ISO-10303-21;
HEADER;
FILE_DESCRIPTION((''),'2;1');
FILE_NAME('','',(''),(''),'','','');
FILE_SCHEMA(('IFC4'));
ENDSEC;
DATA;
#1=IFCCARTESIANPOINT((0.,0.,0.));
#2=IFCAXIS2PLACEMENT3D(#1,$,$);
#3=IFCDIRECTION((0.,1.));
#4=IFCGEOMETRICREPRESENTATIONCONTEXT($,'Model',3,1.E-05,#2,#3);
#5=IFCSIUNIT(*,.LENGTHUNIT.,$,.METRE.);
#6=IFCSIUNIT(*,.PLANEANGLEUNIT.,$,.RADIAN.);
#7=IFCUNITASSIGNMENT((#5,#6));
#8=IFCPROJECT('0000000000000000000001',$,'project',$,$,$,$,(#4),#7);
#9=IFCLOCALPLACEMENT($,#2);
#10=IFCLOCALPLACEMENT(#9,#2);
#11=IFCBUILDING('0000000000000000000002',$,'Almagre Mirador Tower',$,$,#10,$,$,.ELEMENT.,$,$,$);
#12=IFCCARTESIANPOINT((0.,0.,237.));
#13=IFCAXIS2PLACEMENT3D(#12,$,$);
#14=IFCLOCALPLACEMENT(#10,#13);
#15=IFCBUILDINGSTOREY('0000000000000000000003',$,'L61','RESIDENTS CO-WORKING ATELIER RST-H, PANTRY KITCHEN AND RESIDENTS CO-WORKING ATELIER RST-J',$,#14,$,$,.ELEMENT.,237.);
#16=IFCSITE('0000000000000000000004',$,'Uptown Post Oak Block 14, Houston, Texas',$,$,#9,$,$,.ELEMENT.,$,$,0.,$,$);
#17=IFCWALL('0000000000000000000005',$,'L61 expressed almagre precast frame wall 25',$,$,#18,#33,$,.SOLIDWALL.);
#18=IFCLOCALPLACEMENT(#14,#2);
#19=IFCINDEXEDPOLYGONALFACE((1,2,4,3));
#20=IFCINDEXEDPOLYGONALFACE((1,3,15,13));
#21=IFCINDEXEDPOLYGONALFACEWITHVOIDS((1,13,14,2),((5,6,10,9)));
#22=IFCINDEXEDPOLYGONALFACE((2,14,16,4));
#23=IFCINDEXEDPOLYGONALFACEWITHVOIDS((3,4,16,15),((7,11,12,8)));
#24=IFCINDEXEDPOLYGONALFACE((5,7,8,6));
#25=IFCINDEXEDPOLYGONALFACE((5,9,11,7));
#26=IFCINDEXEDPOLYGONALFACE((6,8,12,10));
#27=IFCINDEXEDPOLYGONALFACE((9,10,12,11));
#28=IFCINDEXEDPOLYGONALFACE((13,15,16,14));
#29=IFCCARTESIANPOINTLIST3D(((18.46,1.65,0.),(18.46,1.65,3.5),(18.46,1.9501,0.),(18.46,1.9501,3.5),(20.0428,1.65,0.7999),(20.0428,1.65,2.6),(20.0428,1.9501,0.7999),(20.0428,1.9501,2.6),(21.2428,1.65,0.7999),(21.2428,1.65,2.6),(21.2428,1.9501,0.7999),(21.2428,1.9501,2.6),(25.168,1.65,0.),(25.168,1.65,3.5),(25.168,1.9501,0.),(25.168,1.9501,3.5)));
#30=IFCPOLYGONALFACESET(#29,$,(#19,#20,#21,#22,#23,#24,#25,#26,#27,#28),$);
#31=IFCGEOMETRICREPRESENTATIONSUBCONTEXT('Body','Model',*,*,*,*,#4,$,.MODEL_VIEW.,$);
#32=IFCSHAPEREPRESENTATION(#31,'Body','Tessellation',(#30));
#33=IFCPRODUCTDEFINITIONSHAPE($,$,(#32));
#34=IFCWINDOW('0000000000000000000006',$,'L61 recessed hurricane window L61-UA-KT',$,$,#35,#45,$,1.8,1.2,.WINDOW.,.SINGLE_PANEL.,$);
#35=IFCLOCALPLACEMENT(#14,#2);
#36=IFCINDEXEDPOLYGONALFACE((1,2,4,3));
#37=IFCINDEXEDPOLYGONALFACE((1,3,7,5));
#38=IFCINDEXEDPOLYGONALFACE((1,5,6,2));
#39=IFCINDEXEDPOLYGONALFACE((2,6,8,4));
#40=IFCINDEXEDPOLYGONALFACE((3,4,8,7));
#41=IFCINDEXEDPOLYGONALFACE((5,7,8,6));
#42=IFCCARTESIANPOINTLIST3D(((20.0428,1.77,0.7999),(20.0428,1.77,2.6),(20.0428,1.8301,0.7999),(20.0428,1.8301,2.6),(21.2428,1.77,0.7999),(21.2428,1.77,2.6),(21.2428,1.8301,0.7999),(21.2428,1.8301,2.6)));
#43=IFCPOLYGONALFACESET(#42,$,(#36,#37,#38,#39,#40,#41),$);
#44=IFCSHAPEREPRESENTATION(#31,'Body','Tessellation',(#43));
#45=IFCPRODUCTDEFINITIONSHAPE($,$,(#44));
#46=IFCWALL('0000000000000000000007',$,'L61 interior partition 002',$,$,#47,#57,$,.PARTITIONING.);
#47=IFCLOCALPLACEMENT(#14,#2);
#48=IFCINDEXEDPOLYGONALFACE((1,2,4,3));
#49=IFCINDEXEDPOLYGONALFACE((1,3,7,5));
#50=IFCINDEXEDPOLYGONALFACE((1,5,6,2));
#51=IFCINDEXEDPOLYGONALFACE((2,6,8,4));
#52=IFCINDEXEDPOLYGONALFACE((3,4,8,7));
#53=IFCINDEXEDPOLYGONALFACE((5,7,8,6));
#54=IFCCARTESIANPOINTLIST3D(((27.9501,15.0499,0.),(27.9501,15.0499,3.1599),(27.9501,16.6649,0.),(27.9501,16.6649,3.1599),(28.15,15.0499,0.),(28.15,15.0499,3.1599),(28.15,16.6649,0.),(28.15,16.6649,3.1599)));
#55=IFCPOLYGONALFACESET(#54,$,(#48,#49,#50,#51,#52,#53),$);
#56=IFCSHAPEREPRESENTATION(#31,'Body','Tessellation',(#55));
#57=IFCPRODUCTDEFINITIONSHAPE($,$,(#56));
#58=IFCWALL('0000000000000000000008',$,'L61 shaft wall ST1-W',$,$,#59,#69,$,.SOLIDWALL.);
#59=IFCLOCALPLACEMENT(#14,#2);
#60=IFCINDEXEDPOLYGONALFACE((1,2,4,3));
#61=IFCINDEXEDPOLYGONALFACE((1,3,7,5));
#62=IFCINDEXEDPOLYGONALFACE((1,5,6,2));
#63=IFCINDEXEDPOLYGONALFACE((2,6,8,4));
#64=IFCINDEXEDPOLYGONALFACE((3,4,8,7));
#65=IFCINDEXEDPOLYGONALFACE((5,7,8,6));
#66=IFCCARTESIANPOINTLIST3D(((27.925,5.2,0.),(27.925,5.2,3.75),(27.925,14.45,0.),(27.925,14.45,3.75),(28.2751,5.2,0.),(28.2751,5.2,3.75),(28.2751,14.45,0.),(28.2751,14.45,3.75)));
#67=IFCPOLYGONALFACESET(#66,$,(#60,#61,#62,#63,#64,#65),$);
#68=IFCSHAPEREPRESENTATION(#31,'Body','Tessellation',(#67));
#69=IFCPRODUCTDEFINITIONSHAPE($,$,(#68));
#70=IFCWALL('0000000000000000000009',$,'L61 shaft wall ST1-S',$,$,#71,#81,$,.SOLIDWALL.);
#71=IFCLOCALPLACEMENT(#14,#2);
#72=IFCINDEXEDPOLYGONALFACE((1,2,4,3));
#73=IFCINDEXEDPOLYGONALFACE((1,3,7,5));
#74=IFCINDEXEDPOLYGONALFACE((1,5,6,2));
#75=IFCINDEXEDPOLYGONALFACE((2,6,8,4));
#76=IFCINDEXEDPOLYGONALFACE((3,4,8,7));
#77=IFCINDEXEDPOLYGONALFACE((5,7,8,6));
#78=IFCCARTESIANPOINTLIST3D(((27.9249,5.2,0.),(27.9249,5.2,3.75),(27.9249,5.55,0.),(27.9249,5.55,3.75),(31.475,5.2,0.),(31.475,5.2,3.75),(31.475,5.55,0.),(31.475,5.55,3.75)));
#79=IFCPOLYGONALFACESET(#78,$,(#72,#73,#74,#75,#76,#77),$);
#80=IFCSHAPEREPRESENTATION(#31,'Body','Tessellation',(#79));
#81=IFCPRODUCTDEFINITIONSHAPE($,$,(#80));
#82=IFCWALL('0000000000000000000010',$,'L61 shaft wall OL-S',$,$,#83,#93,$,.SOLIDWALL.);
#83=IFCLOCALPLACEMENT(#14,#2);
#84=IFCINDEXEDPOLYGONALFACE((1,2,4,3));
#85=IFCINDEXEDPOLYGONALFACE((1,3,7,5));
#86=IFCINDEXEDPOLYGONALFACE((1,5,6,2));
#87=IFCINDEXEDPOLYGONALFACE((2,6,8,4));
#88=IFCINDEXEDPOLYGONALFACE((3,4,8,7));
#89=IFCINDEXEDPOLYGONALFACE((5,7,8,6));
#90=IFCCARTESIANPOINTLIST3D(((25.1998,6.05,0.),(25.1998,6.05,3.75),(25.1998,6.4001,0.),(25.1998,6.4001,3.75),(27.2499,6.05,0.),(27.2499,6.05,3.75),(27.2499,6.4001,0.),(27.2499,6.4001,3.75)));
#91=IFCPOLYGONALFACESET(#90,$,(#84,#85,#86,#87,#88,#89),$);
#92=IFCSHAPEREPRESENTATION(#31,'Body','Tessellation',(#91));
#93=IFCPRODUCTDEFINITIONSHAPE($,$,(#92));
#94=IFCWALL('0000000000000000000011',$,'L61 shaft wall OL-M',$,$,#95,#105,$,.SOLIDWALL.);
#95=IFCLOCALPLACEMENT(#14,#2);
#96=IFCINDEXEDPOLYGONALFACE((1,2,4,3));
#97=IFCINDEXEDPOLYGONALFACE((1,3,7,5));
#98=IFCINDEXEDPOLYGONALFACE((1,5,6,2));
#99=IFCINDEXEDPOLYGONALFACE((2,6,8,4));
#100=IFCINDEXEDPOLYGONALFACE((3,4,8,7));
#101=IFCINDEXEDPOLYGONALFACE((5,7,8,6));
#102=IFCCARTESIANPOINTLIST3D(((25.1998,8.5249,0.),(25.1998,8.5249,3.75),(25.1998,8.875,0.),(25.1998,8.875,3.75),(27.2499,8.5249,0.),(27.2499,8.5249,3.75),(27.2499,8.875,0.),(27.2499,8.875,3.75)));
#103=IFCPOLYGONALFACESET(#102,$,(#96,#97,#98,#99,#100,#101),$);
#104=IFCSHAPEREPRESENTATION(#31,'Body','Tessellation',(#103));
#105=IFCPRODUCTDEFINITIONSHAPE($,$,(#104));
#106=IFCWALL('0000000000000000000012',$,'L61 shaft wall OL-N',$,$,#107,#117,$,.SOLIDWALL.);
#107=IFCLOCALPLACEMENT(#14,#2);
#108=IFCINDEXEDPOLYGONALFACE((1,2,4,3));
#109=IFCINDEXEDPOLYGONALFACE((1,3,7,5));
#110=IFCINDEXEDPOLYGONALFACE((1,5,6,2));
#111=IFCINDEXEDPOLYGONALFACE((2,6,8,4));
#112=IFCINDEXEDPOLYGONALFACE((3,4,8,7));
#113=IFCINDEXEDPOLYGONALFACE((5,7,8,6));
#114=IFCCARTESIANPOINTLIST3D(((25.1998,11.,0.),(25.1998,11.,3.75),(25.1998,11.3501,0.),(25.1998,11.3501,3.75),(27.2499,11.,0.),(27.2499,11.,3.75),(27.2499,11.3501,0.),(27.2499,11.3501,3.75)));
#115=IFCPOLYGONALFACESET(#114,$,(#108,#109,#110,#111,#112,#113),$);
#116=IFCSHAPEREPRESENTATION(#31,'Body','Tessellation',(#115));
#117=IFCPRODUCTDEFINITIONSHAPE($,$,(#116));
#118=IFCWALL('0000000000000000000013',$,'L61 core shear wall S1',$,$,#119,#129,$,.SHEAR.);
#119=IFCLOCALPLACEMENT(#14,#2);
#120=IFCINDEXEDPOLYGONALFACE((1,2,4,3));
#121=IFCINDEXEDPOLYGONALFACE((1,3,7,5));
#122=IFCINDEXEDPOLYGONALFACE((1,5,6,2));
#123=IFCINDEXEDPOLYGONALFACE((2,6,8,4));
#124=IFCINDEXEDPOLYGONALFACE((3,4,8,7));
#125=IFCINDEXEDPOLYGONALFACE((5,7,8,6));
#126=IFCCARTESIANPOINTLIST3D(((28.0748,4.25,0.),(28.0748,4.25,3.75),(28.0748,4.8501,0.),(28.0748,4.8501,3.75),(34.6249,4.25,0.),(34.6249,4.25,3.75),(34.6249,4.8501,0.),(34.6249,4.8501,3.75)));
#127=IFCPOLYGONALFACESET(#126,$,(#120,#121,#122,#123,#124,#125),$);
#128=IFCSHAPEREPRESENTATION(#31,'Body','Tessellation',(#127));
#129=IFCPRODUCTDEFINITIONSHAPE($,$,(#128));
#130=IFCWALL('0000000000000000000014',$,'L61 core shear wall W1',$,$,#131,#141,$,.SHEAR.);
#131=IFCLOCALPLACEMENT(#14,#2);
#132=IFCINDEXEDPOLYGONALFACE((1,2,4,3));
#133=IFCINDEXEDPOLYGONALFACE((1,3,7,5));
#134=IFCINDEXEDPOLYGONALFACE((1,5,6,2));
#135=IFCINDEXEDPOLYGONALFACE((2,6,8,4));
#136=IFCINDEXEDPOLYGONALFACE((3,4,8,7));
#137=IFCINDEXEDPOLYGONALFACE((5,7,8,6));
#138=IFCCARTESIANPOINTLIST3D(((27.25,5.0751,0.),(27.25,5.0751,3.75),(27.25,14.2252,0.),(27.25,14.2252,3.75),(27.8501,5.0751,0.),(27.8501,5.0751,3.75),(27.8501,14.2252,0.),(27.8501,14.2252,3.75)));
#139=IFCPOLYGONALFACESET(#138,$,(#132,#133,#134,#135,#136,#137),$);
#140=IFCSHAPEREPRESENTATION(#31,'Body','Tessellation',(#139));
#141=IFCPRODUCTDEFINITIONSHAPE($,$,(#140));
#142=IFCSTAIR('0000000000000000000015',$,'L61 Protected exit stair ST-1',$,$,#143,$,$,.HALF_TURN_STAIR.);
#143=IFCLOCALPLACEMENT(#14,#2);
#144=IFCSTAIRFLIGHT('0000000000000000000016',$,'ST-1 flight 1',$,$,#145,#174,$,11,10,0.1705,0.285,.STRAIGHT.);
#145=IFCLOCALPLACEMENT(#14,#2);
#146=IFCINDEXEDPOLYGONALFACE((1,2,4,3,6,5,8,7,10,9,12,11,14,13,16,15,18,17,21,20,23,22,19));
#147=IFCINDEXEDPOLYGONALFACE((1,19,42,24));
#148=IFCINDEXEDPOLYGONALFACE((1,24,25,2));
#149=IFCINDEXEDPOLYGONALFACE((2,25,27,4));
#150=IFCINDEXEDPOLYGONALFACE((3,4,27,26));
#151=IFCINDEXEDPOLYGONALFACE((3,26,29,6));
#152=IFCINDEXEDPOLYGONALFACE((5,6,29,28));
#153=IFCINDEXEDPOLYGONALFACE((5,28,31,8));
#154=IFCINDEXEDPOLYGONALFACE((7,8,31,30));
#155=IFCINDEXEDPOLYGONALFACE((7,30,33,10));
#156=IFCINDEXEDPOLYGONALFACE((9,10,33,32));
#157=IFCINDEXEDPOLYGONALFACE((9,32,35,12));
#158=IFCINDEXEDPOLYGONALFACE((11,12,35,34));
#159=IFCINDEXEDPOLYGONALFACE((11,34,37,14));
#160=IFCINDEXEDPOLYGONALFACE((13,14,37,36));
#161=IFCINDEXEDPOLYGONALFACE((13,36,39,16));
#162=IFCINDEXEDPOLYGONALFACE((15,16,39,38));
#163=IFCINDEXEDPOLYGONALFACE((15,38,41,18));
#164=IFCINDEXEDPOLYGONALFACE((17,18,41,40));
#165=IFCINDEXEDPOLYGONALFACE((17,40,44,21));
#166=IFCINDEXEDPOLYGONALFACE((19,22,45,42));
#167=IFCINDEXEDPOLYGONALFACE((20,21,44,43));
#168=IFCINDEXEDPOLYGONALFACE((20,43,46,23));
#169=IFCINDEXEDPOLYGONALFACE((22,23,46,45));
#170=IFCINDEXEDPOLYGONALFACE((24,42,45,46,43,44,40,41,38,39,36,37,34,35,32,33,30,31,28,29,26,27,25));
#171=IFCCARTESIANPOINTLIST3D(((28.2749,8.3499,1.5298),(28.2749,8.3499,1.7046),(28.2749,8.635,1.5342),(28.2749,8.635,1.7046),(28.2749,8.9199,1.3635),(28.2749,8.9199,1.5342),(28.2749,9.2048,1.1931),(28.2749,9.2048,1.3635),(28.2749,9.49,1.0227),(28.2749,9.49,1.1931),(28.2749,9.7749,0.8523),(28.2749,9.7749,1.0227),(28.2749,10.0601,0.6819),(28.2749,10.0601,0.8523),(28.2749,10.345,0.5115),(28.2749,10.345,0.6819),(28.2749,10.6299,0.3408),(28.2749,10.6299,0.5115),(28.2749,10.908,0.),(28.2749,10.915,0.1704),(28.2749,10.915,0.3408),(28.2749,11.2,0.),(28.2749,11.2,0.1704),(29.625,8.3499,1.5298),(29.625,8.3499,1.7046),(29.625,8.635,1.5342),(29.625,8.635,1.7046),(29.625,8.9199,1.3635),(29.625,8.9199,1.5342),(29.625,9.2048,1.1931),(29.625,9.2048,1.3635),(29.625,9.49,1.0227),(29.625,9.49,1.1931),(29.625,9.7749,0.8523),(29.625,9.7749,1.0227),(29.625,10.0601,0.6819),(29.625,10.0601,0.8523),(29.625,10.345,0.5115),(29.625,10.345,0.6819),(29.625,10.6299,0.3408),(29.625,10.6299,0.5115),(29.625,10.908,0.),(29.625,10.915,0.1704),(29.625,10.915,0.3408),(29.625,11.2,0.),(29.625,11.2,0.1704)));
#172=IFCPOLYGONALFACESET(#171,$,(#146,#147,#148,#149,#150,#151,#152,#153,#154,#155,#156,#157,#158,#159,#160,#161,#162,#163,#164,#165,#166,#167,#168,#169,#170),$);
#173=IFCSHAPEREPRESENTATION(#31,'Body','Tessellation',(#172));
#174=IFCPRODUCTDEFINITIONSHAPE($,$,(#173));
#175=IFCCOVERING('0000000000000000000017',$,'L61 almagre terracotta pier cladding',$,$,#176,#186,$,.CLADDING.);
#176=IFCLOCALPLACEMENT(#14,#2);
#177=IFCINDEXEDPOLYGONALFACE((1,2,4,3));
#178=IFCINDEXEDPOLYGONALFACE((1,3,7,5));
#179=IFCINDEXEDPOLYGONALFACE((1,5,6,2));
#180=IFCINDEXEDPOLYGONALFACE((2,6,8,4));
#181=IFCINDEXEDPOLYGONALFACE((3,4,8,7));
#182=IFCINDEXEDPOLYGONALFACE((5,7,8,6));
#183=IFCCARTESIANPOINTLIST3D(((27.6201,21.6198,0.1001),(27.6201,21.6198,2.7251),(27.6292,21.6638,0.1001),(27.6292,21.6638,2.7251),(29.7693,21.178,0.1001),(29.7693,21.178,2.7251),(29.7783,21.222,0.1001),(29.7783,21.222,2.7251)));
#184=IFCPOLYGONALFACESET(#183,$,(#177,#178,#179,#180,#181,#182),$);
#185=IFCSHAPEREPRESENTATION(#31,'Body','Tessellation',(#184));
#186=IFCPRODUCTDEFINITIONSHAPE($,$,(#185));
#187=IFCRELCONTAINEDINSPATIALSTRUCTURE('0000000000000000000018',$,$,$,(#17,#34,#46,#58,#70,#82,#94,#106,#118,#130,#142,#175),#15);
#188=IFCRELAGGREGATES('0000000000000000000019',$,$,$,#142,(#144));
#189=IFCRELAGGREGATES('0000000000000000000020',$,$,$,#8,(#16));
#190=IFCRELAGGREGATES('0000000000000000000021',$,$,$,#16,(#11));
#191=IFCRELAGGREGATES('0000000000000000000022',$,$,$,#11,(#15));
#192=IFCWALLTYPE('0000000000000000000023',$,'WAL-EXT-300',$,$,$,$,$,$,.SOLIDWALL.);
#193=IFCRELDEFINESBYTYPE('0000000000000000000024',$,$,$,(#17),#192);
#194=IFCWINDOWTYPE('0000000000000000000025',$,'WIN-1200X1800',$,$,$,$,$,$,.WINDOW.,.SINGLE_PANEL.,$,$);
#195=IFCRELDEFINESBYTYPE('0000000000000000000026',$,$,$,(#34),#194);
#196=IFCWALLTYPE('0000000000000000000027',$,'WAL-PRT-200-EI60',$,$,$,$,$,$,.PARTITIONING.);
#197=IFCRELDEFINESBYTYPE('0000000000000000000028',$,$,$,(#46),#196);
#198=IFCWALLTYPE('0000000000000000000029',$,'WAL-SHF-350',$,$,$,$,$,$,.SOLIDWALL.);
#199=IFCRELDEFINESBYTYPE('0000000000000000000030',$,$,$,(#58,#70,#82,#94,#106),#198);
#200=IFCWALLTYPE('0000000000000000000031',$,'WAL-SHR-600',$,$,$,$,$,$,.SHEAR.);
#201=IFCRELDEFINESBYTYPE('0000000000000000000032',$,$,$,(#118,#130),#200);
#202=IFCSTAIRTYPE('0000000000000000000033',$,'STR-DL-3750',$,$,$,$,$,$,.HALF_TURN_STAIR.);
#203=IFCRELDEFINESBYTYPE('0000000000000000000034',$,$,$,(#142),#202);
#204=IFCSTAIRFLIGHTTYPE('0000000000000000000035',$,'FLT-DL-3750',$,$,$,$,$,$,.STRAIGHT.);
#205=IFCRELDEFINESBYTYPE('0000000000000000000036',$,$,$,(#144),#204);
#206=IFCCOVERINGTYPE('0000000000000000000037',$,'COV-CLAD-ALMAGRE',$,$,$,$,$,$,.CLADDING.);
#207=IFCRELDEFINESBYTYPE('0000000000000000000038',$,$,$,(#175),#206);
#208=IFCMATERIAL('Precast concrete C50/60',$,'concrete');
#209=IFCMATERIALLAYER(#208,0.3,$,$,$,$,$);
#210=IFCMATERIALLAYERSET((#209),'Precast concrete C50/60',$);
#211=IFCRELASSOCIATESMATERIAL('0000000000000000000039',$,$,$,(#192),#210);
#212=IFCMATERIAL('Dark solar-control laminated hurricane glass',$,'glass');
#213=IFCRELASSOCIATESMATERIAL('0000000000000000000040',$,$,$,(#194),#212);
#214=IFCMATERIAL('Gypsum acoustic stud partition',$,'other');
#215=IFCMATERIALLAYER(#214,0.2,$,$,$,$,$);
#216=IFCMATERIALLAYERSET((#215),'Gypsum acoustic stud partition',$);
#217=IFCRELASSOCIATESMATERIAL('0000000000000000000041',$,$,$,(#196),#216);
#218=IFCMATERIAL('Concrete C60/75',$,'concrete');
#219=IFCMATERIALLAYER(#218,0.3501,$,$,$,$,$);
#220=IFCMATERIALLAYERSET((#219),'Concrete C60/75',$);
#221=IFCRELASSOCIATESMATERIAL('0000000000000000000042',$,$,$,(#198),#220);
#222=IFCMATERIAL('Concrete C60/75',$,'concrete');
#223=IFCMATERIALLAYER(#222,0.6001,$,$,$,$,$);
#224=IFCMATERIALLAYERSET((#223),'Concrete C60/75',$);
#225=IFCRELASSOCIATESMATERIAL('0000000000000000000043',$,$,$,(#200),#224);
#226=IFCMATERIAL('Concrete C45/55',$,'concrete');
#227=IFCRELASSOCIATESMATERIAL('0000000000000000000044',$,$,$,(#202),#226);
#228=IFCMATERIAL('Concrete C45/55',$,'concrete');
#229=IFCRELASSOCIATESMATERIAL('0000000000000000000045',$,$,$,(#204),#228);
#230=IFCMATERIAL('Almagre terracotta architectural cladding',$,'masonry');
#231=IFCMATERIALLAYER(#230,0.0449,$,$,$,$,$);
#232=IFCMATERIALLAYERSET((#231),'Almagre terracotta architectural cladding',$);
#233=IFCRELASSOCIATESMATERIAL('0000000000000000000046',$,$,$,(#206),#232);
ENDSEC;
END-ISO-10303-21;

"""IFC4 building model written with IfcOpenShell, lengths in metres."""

from ifc_helpers import new_model, si_unit, direction, frame, frame_2d, origin, origin_2d, place, context, subcontext, project, spatial, polyline, rectangle, outline, extrude, material, layer, layer_set, type_object, element, fill, aggregate, save


model = new_model("IFC4")

# Units and contexts
model_context = context("Model", 3, precision=1e-05, world=origin(), true_north=direction((0.0, 1.0)))
body_context = subcontext(model_context, "Body", "Model", "MODEL_VIEW")
ifc_project = project(units=[si_unit("LENGTHUNIT", "METRE"), si_unit("PLANEANGLEUNIT", "RADIAN")], contexts=[model_context])

# Site, building, storey
site_placement = place(None, origin())
site = spatial("IfcSite", under=ifc_project, at=site_placement, Name="Uptown Post Oak Block 14, Houston, Texas", CompositionType="ELEMENT", RefElevation=0.0)
building_placement = place(site_placement, origin())
building = spatial("IfcBuilding", under=site, at=building_placement, Name="Almagre Mirador Tower", CompositionType="ELEMENT")
storey_placement = place(building_placement, frame((0.0, 0.0, 237.0)))
storey = spatial("IfcBuildingStorey", under=building, at=storey_placement, Name="L61", Description="RESIDENTS CO-WORKING ATELIER RST-H, PANTRY KITCHEN AND RESIDENTS CO-WORKING ATELIER RST-J", CompositionType="ELEMENT", Elevation=237.0)

# Wall, opening, window
ifc_material_1 = material(Name="Precast concrete C50/60", Category="concrete")
ifc_layer_1 = layer(ifc_material_1, 0.3)
ifc_layer_set_1 = layer_set([ifc_layer_1], Name="Precast concrete C50/60")
wall_type_1 = type_object("IfcWallType", Name="WAL-EXT-300", PredefinedType="SOLIDWALL", material=ifc_layer_set_1)
ifc_material_2 = material(Name="Dark solar-control laminated hurricane glass", Category="glass")
window_type = type_object("IfcWindowType", Name="WIN-1200X1800", PartitioningType="SINGLE_PANEL", PredefinedType="WINDOW", material=ifc_material_2)
wall_1_placement = place(storey_placement, frame((25.168, 1.8, 0.0), z_axis=(0.0, 0.0, 1.0), x_axis=(-1.0, 0.0, 0.0)))
wall_1 = element("IfcWall", 1, at=wall_1_placement, inside=storey, type_object=wall_type_1, Name="L61 expressed almagre precast frame wall 25", PredefinedType="SOLIDWALL", context=body_context, shape_type="SweptSolid", body=[
    extrude(rectangle(XDim=6.708, YDim=0.3, at=frame_2d((3.354, 0.0))), origin(), (0.0, 0.0, 1.0), 3.5),
])
opening_1_placement = place(wall_1_placement, frame((3.925, 0.0, 0.8)))
opening_1 = element("IfcOpeningElement", 2, at=opening_1_placement, cuts=wall_1, PredefinedType="OPENING", context=body_context, shape_type="SweptSolid", body=[
    extrude(rectangle(XDim=1.2, YDim=1.8, at=frame_2d((0.6001, 0.8999))), frame((0.0, 0.1599, 0.0), z_axis=(0.0, -1.0, 0.0), x_axis=(1.0, 0.0, 0.0)), (0.0, 0.0, 1.0), 0.32),
])
window_1_placement = place(opening_1_placement, origin())
window_1 = element("IfcWindow", 3, at=window_1_placement, inside=storey, type_object=window_type, Name="L61 recessed hurricane window L61-UA-KT", OverallHeight=1.8, OverallWidth=1.2, PartitioningType="SINGLE_PANEL", PredefinedType="WINDOW", context=body_context, shape_type="SweptSolid", body=[
    extrude(rectangle(XDim=1.2, YDim=1.8, at=frame_2d((0.6001, 0.8999))), frame((0.0, 0.03, 0.0), z_axis=(0.0, -1.0, 0.0), x_axis=(1.0, 0.0, 0.0)), (0.0, 0.0, 1.0), 0.0601),
])
fill(opening_1, window_1)

# Walls
ifc_material_3 = material(Name="Gypsum acoustic stud partition", Category="other")
ifc_layer_2 = layer(ifc_material_3, 0.2)
ifc_layer_set_2 = layer_set([ifc_layer_2], Name="Gypsum acoustic stud partition")
wall_type_2 = type_object("IfcWallType", Name="WAL-PRT-200-EI60", PredefinedType="PARTITIONING", material=ifc_layer_set_2)
wall_2_placement = place(storey_placement, frame((28.05, 16.665, 0.0), z_axis=(0.0, 0.0, 1.0), x_axis=(0.0, -1.0, 0.0)))
element("IfcWall", 4, at=wall_2_placement, inside=storey, type_object=wall_type_2, Name="L61 interior partition 002", PredefinedType="PARTITIONING", context=body_context, shape_type="SweptSolid", body=[
    extrude(rectangle(XDim=1.615, YDim=0.2, at=frame_2d((0.8076, 0.0))), origin(), (0.0, 0.0, 1.0), 3.1599),
])
ifc_material_4 = material(Name="Concrete C60/75", Category="concrete")
ifc_layer_3 = layer(ifc_material_4, 0.3501)
ifc_layer_set_3 = layer_set([ifc_layer_3], Name="Concrete C60/75")
wall_type_3 = type_object("IfcWallType", Name="WAL-SHF-350", PredefinedType="SOLIDWALL", material=ifc_layer_set_3)
wall_3_placement = place(storey_placement, frame((28.1001, 5.2, 0.0), z_axis=(0.0, 0.0, 1.0), x_axis=(0.0, 1.0, 0.0)))
element("IfcWall", 5, at=wall_3_placement, inside=storey, type_object=wall_type_3, Name="L61 shaft wall ST1-W", PredefinedType="SOLIDWALL", context=body_context, shape_type="SweptSolid", body=[
    extrude(rectangle(XDim=9.25, YDim=0.3501, at=frame_2d((4.625, 0.0))), origin(), (0.0, 0.0, 1.0), 3.75),
])
wall_4_placement = place(storey_placement, frame((27.925, 5.375, 0.0), z_axis=(0.0, 0.0, 1.0), x_axis=(1.0, 0.0, 0.0)))
element("IfcWall", 6, at=wall_4_placement, inside=storey, type_object=wall_type_3, Name="L61 shaft wall ST1-S", PredefinedType="SOLIDWALL", context=body_context, shape_type="SweptSolid", body=[
    extrude(rectangle(XDim=3.55, YDim=0.3501, at=frame_2d((1.7749, 0.0))), origin(), (0.0, 0.0, 1.0), 3.75),
])
for number, where, z_axis, x_axis, name in (
    (7, (25.2, 6.2251, 0.0), (0.0, 0.0, 1.0), (1.0, 0.0, 0.0), "L61 shaft wall OL-S"),
    (8, (25.2, 8.7, 0.0), (0.0, 0.0, 1.0), (1.0, 0.0, 0.0), "L61 shaft wall OL-M"),
    (9, (25.2, 11.175, 0.0), (0.0, 0.0, 1.0), (1.0, 0.0, 0.0), "L61 shaft wall OL-N"),
):
    element("IfcWall", number, at=place(storey_placement, frame(where, z_axis=z_axis, x_axis=x_axis)), inside=storey, type_object=wall_type_3, Name=name, PredefinedType="SOLIDWALL", context=body_context, shape_type="SweptSolid", body=[
        extrude(rectangle(XDim=2.05, YDim=0.3501, at=frame_2d((1.0249, 0.0))), origin(), (0.0, 0.0, 1.0), 3.75),
    ])
ifc_material_5 = material(Name="Concrete C60/75", Category="concrete")
ifc_layer_4 = layer(ifc_material_5, 0.6001)
ifc_layer_set_4 = layer_set([ifc_layer_4], Name="Concrete C60/75")
wall_type_4 = type_object("IfcWallType", Name="WAL-SHR-600", PredefinedType="SHEAR", material=ifc_layer_set_4)
wall_5_placement = place(storey_placement, frame((28.075, 4.55, 0.0), z_axis=(0.0, 0.0, 1.0), x_axis=(1.0, 0.0, 0.0)))
element("IfcWall", 10, at=wall_5_placement, inside=storey, type_object=wall_type_4, Name="L61 core shear wall S1", PredefinedType="SHEAR", context=body_context, shape_type="SweptSolid", body=[
    extrude(rectangle(XDim=6.55, YDim=0.6001, at=frame_2d((3.2749, 0.0))), origin(), (0.0, 0.0, 1.0), 3.75),
])

# Wall
wall_6_placement = place(storey_placement, frame((27.55, 5.075, 0.0), z_axis=(0.0, 0.0, 1.0), x_axis=(0.0, 1.0, 0.0)))
element("IfcWall", 11, at=wall_6_placement, inside=storey, type_object=wall_type_4, Name="L61 core shear wall W1", PredefinedType="SHEAR", context=body_context, shape_type="SweptSolid", body=[
    extrude(rectangle(XDim=9.1501, YDim=0.6001, at=frame_2d((4.5752, 0.0))), origin(), (0.0, 0.0, 1.0), 3.75),
])

# Stair, stair flight
ifc_material_6 = material(Name="Concrete C45/55", Category="concrete")
stair_type = type_object("IfcStairType", Name="STR-DL-3750", PredefinedType="HALF_TURN_STAIR", material=ifc_material_6)
stair_placement = place(storey_placement, origin())
stair = element("IfcStair", 12, at=stair_placement, inside=storey, type_object=stair_type, Name="L61 Protected exit stair ST-1", PredefinedType="HALF_TURN_STAIR")
ifc_material_7 = material(Name="Concrete C45/55", Category="concrete")
stair_flight_type = type_object("IfcStairFlightType", Name="FLT-DL-3750", PredefinedType="STRAIGHT", material=ifc_material_7)
stair_flight_placement = place(storey_placement, frame((28.95, 11.2, 0.0), z_axis=(0.0, 0.0, 1.0), x_axis=(0.0, -1.0, 0.0)))
stair_flight = element("IfcStairFlight", 13, at=stair_flight_placement, type_object=stair_flight_type, Name="ST-1 flight 1", NumberOfRisers=11, NumberOfTreads=10, PredefinedType="STRAIGHT", RiserHeight=0.1705, TreadLength=0.285, context=body_context, shape_type="SweptSolid", body=[
    extrude(outline(polyline([(0.0, 0.0), (0.0, 0.1704), (0.2849, 0.1704), (0.2849, 0.3408), (0.5701, 0.3408), (0.5701, 0.5115), (0.855, 0.5115), (0.855, 0.6819), (1.1399, 0.6819), (1.1399, 0.8523), (1.425, 0.8523), (1.425, 1.0227), (1.71, 1.0227), (1.71, 1.1931), (1.9951, 1.1931), (1.9951, 1.3635), (2.28, 1.3635), (2.28, 1.5342), (2.5649, 1.5342), (2.5649, 1.7046), (2.8501, 1.7046), (2.8501, 1.875), (2.8501, 1.5298), (0.292, 0.0), (0.0, 0.0)])), frame((0.0, 0.675, 0.0), z_axis=(0.0, -1.0, 0.0), x_axis=(1.0, 0.0, 0.0)), (0.0, 0.0, 1.0), 1.3501),
])
aggregate(stair, [stair_flight])

# Covering
ifc_material_8 = material(Name="Almagre terracotta architectural cladding", Category="masonry")
ifc_layer_5 = layer(ifc_material_8, 0.0449)
ifc_layer_set_5 = layer_set([ifc_layer_5], Name="Almagre terracotta architectural cladding")
covering_type = type_object("IfcCoveringType", Name="COV-CLAD-ALMAGRE", PredefinedType="CLADDING", material=ifc_layer_set_5)
covering_placement = place(storey_placement, frame((28.6992, 21.4209, 0.1001), z_axis=(0.0, 0.0, 1.0), x_axis=(0.979516, -0.201369, 0.0)))
element("IfcCovering", 14, at=covering_placement, inside=storey, type_object=covering_type, Name="L61 almagre terracotta pier cladding", PredefinedType="CLADDING", context=body_context, shape_type="SweptSolid", body=[
    extrude(rectangle(XDim=2.1941, YDim=0.0449, at=origin_2d()), origin(), (0.0, 0.0, 1.0), 2.625),
])

save(model, "model.ifc")
